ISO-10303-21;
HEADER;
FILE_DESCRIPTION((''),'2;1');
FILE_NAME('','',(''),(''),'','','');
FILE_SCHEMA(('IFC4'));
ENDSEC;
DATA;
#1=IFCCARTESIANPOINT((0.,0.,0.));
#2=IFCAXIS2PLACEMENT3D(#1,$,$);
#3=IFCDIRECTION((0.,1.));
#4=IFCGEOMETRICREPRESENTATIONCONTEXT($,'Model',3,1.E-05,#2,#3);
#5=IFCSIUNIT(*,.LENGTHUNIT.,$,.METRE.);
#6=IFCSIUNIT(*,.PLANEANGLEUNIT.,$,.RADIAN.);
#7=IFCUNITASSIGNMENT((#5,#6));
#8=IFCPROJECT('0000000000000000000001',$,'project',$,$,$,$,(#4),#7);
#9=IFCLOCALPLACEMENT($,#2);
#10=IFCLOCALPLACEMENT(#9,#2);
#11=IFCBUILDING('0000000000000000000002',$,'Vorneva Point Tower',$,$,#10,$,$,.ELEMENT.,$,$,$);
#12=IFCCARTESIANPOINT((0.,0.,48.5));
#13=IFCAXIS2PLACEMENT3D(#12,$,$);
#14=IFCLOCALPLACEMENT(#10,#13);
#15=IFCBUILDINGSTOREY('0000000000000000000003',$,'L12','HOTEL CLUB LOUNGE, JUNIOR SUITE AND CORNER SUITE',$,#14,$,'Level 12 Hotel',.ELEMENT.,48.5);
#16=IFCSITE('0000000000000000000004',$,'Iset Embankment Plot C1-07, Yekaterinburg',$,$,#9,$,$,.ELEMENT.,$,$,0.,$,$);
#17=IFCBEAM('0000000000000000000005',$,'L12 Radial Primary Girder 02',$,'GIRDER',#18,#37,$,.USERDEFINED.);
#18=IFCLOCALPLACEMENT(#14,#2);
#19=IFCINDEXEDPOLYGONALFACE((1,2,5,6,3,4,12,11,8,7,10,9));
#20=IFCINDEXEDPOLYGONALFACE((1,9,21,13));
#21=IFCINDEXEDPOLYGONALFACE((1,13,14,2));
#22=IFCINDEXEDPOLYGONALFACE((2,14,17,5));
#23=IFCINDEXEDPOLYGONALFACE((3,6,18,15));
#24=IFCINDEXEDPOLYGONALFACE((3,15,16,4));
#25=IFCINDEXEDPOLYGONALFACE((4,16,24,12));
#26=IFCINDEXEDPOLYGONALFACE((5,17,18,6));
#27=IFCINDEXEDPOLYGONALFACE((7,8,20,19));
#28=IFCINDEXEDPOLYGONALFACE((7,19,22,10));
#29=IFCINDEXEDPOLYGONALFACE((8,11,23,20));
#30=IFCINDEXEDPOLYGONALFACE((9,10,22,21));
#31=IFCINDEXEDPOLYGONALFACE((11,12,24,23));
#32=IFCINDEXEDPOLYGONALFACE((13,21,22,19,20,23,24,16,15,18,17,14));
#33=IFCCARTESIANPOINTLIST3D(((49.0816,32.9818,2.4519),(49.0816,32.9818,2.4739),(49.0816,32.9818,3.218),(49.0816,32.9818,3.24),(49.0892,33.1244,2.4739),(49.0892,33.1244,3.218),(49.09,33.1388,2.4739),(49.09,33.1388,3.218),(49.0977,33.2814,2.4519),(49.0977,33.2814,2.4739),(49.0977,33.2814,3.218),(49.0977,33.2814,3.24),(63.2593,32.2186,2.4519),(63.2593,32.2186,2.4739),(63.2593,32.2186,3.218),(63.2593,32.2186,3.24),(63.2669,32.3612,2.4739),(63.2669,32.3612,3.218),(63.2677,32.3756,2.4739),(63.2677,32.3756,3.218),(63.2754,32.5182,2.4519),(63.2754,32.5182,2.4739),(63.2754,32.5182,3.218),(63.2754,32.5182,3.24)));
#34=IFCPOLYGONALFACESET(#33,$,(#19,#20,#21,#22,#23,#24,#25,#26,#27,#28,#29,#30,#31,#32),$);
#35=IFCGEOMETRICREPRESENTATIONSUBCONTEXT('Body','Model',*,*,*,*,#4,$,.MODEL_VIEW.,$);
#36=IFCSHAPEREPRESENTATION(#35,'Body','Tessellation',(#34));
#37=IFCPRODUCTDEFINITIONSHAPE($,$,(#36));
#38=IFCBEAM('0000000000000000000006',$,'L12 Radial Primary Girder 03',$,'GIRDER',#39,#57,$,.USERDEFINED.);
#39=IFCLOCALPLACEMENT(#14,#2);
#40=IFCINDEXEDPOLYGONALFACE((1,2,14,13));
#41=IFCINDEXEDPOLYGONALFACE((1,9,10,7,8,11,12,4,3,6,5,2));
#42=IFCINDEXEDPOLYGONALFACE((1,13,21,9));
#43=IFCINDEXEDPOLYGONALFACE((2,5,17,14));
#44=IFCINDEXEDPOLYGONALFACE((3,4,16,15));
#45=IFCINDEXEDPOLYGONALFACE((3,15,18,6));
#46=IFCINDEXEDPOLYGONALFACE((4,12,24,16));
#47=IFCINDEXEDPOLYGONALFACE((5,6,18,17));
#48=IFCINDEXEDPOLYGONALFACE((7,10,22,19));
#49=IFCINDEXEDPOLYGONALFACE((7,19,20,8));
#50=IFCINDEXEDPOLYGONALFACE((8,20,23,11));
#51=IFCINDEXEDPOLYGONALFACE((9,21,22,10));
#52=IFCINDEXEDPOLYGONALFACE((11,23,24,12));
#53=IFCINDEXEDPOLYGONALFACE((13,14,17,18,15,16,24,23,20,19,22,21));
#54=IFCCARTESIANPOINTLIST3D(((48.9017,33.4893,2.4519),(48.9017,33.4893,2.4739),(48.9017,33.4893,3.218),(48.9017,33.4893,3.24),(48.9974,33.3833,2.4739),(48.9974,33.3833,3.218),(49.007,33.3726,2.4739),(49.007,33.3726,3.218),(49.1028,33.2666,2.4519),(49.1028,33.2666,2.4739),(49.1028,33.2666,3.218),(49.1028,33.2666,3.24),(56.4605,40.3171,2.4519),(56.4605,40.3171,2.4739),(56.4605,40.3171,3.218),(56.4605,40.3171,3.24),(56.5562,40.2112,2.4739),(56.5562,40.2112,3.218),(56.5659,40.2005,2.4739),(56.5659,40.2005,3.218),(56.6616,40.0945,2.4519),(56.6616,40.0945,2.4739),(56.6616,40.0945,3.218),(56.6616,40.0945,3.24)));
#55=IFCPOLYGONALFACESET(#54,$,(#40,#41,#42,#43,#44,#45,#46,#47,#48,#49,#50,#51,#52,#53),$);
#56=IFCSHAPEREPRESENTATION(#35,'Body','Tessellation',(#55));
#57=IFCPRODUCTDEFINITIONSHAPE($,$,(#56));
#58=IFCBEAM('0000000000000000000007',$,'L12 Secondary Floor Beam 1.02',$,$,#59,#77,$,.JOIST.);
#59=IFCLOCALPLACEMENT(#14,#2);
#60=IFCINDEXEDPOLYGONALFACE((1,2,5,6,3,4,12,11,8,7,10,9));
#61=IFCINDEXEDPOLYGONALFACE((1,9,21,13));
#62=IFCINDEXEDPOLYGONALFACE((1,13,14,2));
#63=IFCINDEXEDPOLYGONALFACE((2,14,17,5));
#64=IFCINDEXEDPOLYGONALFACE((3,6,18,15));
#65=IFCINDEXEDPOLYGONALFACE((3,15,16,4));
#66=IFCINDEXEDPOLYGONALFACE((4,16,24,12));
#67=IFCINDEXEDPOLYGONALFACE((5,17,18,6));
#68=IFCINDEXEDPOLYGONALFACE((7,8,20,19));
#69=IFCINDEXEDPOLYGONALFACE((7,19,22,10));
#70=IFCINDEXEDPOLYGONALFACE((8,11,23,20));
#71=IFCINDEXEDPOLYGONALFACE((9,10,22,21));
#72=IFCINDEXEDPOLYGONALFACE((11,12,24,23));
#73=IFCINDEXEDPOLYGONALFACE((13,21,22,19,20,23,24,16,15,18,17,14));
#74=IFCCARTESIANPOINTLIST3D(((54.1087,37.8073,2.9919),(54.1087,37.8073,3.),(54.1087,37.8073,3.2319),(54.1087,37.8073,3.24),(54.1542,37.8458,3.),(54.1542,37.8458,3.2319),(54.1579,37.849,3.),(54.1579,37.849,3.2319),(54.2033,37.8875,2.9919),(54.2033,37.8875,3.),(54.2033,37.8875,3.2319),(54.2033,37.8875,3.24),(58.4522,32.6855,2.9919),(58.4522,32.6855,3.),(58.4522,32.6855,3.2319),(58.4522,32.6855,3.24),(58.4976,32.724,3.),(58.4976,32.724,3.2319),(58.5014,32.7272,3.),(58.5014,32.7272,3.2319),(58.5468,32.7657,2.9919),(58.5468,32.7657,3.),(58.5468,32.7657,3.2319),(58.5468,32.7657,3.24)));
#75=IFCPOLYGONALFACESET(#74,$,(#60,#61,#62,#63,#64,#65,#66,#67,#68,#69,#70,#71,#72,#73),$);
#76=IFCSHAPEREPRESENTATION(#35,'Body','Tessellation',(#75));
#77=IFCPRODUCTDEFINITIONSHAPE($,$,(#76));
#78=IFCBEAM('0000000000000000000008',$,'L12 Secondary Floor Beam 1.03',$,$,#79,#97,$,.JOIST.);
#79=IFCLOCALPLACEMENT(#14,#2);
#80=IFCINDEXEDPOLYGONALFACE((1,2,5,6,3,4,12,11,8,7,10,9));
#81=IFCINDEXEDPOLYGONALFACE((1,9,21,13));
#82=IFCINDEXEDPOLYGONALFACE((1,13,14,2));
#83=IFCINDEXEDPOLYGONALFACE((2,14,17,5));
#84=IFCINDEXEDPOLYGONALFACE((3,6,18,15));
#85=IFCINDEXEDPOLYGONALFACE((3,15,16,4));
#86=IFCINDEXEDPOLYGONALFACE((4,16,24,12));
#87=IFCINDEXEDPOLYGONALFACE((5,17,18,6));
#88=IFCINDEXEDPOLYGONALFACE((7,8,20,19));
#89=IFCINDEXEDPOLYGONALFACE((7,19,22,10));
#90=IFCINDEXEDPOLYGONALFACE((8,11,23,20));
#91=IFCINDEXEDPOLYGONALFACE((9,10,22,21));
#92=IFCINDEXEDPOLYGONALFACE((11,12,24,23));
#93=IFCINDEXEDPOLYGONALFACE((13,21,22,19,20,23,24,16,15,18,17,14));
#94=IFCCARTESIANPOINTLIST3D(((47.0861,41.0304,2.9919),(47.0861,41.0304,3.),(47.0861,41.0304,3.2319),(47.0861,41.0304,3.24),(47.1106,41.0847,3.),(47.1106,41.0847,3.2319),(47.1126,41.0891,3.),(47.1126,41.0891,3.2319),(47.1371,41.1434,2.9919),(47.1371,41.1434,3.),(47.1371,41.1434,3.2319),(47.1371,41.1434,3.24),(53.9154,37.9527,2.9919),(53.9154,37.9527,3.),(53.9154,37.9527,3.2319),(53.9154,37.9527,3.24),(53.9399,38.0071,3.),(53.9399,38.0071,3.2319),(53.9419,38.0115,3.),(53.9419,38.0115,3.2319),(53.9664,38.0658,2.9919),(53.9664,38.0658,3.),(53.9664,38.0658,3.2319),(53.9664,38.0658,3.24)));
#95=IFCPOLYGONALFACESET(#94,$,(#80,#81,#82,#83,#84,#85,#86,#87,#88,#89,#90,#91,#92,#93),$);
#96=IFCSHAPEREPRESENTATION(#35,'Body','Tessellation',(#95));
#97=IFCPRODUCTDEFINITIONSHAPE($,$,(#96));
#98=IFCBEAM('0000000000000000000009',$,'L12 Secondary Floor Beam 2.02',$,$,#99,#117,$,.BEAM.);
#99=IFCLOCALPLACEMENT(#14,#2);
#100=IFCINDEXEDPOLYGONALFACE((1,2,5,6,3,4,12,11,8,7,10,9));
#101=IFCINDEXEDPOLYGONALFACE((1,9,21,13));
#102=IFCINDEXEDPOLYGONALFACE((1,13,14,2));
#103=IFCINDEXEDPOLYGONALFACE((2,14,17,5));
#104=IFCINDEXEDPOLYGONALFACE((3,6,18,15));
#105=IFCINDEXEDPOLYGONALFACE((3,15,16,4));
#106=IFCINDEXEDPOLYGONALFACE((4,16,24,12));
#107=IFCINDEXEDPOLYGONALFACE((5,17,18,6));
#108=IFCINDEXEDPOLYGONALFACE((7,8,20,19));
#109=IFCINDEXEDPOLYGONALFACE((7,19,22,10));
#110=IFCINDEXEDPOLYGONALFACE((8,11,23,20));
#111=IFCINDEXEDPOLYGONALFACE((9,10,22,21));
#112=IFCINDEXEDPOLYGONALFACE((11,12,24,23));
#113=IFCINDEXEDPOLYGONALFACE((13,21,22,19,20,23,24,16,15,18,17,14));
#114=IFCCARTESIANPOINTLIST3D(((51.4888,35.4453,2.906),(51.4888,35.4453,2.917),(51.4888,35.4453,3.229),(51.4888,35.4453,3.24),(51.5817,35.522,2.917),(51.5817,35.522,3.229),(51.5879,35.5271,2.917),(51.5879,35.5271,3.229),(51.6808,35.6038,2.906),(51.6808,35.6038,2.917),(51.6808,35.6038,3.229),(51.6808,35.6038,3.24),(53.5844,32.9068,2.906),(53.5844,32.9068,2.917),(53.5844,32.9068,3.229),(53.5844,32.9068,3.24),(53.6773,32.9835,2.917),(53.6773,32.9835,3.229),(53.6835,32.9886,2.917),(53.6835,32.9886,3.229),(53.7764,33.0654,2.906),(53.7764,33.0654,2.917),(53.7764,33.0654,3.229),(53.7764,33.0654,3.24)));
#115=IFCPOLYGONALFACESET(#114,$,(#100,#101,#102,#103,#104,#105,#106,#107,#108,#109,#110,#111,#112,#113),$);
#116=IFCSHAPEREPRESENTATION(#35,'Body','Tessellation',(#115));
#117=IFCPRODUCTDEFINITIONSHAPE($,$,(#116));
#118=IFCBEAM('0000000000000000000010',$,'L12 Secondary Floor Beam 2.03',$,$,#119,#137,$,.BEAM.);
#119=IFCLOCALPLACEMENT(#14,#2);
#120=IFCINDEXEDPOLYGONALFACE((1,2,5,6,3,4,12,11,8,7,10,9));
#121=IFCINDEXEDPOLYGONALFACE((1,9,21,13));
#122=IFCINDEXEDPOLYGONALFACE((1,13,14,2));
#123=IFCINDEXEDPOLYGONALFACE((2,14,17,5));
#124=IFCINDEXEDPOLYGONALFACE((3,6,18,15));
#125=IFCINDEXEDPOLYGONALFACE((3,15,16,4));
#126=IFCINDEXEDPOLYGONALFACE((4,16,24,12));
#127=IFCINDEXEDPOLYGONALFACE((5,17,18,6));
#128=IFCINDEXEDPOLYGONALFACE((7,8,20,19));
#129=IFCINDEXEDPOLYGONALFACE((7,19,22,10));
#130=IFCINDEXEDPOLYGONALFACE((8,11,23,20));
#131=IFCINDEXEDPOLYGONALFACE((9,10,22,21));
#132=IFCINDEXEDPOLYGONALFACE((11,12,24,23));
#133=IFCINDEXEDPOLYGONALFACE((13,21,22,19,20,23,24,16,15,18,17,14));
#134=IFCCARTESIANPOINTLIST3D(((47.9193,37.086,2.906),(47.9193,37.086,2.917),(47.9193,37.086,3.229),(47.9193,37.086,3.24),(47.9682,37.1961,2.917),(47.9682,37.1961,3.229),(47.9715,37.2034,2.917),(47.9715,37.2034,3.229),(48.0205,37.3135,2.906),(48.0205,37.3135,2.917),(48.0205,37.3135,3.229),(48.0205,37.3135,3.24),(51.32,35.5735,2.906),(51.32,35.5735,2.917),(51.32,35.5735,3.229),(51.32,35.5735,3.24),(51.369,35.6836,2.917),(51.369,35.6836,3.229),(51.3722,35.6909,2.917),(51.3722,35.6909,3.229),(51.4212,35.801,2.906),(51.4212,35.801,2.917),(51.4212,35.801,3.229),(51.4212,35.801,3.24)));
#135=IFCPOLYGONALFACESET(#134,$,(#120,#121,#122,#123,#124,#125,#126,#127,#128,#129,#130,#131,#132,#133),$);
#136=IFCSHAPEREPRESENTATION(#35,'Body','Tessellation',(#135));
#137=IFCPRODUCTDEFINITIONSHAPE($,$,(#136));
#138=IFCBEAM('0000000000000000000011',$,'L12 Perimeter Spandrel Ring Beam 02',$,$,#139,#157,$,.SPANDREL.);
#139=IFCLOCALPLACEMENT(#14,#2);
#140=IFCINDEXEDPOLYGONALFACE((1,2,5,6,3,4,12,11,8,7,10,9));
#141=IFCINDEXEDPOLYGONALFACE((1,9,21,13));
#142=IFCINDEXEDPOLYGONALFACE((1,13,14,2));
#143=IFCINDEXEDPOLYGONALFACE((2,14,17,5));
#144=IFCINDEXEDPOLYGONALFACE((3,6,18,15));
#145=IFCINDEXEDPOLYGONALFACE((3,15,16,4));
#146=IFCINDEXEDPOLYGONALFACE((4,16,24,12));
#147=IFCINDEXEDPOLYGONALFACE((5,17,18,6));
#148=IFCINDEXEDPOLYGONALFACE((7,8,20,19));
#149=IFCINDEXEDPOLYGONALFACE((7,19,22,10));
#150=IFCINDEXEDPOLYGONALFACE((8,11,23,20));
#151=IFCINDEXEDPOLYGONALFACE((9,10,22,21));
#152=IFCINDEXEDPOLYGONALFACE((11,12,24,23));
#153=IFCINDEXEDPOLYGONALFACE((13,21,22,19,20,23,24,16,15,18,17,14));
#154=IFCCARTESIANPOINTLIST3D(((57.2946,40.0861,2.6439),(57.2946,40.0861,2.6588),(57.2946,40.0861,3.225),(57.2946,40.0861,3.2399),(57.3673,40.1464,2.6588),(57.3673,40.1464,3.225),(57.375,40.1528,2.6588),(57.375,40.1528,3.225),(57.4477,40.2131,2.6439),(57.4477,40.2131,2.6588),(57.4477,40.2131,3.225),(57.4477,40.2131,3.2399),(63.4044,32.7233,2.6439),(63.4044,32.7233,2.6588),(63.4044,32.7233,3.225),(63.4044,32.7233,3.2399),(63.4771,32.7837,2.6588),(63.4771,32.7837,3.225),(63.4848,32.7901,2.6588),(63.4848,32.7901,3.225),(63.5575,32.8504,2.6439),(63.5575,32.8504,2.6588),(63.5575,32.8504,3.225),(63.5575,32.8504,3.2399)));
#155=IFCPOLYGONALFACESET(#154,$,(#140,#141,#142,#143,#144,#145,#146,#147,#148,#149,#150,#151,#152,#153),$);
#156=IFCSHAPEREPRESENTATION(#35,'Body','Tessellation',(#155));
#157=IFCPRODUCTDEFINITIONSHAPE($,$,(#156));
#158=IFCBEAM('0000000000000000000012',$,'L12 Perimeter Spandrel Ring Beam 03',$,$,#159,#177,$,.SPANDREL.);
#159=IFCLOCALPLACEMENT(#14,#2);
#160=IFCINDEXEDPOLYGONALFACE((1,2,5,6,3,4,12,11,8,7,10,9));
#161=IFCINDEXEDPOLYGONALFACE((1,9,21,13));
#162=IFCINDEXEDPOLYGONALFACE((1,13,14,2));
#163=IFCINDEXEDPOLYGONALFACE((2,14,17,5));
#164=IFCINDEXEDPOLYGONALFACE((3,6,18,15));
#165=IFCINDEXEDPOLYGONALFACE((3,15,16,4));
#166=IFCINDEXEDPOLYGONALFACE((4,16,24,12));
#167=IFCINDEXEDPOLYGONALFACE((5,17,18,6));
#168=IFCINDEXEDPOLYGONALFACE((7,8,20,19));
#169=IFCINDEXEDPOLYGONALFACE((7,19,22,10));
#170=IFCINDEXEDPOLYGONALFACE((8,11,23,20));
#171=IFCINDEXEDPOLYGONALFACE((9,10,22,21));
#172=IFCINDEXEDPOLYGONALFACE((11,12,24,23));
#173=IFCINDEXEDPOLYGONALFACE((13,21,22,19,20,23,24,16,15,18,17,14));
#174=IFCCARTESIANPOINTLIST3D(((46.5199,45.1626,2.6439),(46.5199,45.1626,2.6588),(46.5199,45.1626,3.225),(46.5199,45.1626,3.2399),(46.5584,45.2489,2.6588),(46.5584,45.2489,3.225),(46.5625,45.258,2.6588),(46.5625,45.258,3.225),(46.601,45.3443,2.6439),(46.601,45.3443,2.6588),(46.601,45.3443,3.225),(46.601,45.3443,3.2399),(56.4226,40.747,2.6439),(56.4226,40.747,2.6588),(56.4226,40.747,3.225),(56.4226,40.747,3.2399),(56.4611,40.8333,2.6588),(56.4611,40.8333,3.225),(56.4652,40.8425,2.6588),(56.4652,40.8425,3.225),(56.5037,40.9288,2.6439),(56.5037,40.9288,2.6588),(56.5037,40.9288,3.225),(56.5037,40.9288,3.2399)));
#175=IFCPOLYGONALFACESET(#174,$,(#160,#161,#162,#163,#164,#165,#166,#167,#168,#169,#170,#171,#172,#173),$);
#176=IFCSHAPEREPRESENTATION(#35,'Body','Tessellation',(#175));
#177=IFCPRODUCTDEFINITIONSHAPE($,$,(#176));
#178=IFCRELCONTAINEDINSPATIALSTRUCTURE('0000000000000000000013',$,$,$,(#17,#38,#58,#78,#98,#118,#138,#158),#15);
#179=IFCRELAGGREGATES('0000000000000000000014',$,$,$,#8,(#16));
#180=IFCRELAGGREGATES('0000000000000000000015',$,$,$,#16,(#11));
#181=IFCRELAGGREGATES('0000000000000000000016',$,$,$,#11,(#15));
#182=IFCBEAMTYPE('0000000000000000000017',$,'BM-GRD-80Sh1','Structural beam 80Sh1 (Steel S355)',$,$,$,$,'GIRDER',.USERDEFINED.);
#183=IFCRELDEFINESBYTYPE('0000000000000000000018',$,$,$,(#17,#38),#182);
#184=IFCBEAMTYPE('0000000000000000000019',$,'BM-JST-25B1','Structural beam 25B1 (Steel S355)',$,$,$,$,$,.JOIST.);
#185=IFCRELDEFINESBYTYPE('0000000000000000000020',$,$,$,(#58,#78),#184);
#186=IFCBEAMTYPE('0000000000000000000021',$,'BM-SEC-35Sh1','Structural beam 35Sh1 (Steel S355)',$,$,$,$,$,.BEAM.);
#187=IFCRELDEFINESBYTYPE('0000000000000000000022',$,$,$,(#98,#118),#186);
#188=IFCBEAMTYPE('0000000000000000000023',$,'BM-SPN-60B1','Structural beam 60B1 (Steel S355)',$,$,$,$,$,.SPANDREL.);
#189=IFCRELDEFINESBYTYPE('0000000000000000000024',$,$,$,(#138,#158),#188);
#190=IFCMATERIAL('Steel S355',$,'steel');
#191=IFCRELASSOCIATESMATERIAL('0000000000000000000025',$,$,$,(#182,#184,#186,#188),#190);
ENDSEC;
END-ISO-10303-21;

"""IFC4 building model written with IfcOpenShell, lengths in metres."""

from ifc_helpers import new_model, si_unit, direction, frame, origin, origin_2d, place, context, subcontext, project, spatial, i_section, extrude, material, material_profile, profile_set, type_object, element, save


model = new_model("IFC4")

# Units and contexts
model_context = context("Model", 3, precision=1e-05, world=origin(), true_north=direction((0.0, 1.0)))
body_context = subcontext(model_context, "Body", "Model", "MODEL_VIEW")
ifc_project = project(units=[si_unit("LENGTHUNIT", "METRE"), si_unit("PLANEANGLEUNIT", "RADIAN")], contexts=[model_context])

# Site, building, storey
site_placement = place(None, origin())
site = spatial("IfcSite", under=ifc_project, at=site_placement, Name="Iset Embankment Plot C1-07, Yekaterinburg", CompositionType="ELEMENT", RefElevation=0.0)
building_placement = place(site_placement, origin())
building = spatial("IfcBuilding", under=site, at=building_placement, Name="Vorneva Point Tower", CompositionType="ELEMENT")
storey_placement = place(building_placement, frame((0.0, 0.0, 48.5)))
storey = spatial("IfcBuildingStorey", under=building, at=storey_placement, Name="L12", Description="HOTEL CLUB LOUNGE, JUNIOR SUITE AND CORNER SUITE", LongName="Level 12 Hotel", CompositionType="ELEMENT", Elevation=48.5)

# Beams
ifc_material_1 = material(Name="Steel S355", Category="steel")
ifc_material_profile_1 = material_profile(ifc_material_1, i_section(OverallWidth=0.3, OverallDepth=0.7881, WebThickness=0.0144, FlangeThickness=0.022, at=origin_2d()), Name="80Sh1")
ifc_profile_set_1 = profile_set([ifc_material_profile_1], Name="Steel S355")
beam_type_1 = type_object("IfcBeamType", Name="BM-GRD-80Sh1", Description="Structural beam 80Sh1 (Steel S355)", ElementType="GIRDER", PredefinedType="USERDEFINED", material=ifc_profile_set_1)
beam_1_placement = place(storey_placement, frame((63.2673, 32.3684, 2.8459), z_axis=(-0.998554, 0.053752, 0.0), x_axis=(-0.053752, -0.998554, 0.0)))
element("IfcBeam", 1, at=beam_1_placement, inside=storey, type_object=beam_type_1, Name="L12 Radial Primary Girder 02", ObjectType="GIRDER", PredefinedType="USERDEFINED", context=body_context, shape_type="SweptSolid", body=[
    extrude(i_section(OverallWidth=0.3, OverallDepth=0.7881, WebThickness=0.0144, FlangeThickness=0.022, at=origin_2d()), origin(), (0.0, 0.0, 1.0), 14.1982),
])
beam_2_placement = place(storey_placement, frame((56.561, 40.2058, 2.8459), z_axis=(-0.742076, -0.670316, 0.0), x_axis=(0.670316, -0.742076, 0.0)))
element("IfcBeam", 2, at=beam_2_placement, inside=storey, type_object=beam_type_1, Name="L12 Radial Primary Girder 03", ObjectType="GIRDER", PredefinedType="USERDEFINED", context=body_context, shape_type="SweptSolid", body=[
    extrude(i_section(OverallWidth=0.3, OverallDepth=0.7881, WebThickness=0.0144, FlangeThickness=0.022, at=origin_2d()), origin(), (0.0, 0.0, 1.0), 10.186),
])
ifc_material_profile_2 = material_profile(ifc_material_1, i_section(OverallWidth=0.124, OverallDepth=0.248, WebThickness=0.0049, FlangeThickness=0.0081, at=origin_2d()), Name="25B1")
ifc_profile_set_2 = profile_set([ifc_material_profile_2], Name="Steel S355")
beam_type_2 = type_object("IfcBeamType", Name="BM-JST-25B1", Description="Structural beam 25B1 (Steel S355)", PredefinedType="JOIST", material=ifc_profile_set_2)
beam_3_placement = place(storey_placement, frame((58.4995, 32.7256, 3.116), z_axis=(-0.64678, 0.762677, 0.0), x_axis=(-0.762677, -0.64678, 0.0)))
element("IfcBeam", 3, at=beam_3_placement, inside=storey, type_object=beam_type_2, Name="L12 Secondary Floor Beam 1.02", PredefinedType="JOIST", context=body_context, shape_type="SweptSolid", body=[
    extrude(i_section(OverallWidth=0.124, OverallDepth=0.248, WebThickness=0.0049, FlangeThickness=0.0081, at=origin_2d()), origin(), (0.0, 0.0, 1.0), 6.7156),
])
beam_4_placement = place(storey_placement, frame((53.9409, 38.0093, 3.116), z_axis=(-0.9117, 0.410857, 0.0), x_axis=(-0.410857, -0.9117, 0.0)))
element("IfcBeam", 4, at=beam_4_placement, inside=storey, type_object=beam_type_2, Name="L12 Secondary Floor Beam 1.03", PredefinedType="JOIST", context=body_context, shape_type="SweptSolid", body=[
    extrude(i_section(OverallWidth=0.124, OverallDepth=0.248, WebThickness=0.0049, FlangeThickness=0.0081, at=origin_2d()), origin(), (0.0, 0.0, 1.0), 7.4907),
])
ifc_material_profile_3 = material_profile(ifc_material_1, i_section(OverallWidth=0.249, OverallDepth=0.334, WebThickness=0.0081, FlangeThickness=0.011, at=origin_2d()), Name="35Sh1")
ifc_profile_set_3 = profile_set([ifc_material_profile_3], Name="Steel S355")
beam_type_3 = type_object("IfcBeamType", Name="BM-SEC-35Sh1", Description="Structural beam 35Sh1 (Steel S355)", PredefinedType="BEAM", material=ifc_profile_set_3)
beam_5_placement = place(storey_placement, frame((53.6804, 32.9861, 3.073), z_axis=(-0.636632, 0.771168, 0.0), x_axis=(-0.771168, -0.636632, 0.0)))
element("IfcBeam", 5, at=beam_5_placement, inside=storey, type_object=beam_type_3, Name="L12 Secondary Floor Beam 2.02", PredefinedType="BEAM", context=body_context, shape_type="SweptSolid", body=[
    extrude(i_section(OverallWidth=0.249, OverallDepth=0.334, WebThickness=0.0081, FlangeThickness=0.011, at=origin_2d()), origin(), (0.0, 0.0, 1.0), 3.2917),
])
beam_6_placement = place(storey_placement, frame((51.3706, 35.6873, 3.073), z_axis=(-0.913706, 0.406376, 0.0), x_axis=(-0.406376, -0.913706, 0.0)))
element("IfcBeam", 6, at=beam_6_placement, inside=storey, type_object=beam_type_3, Name="L12 Secondary Floor Beam 2.03", PredefinedType="BEAM", context=body_context, shape_type="SweptSolid", body=[
    extrude(i_section(OverallWidth=0.249, OverallDepth=0.334, WebThickness=0.0081, FlangeThickness=0.011, at=origin_2d()), origin(), (0.0, 0.0, 1.0), 3.7219),
])
ifc_material_profile_4 = material_profile(ifc_material_1, i_section(OverallWidth=0.199, OverallDepth=0.5959, WebThickness=0.01, FlangeThickness=0.0149, at=origin_2d()), Name="60B1")
ifc_profile_set_4 = profile_set([ifc_material_profile_4], Name="Steel S355")
beam_type_4 = type_object("IfcBeamType", Name="BM-SPN-60B1", Description="Structural beam 60B1 (Steel S355)", PredefinedType="SPANDREL", material=ifc_profile_set_4)
beam_7_placement = place(storey_placement, frame((63.481, 32.7869, 2.9419), z_axis=(-0.638592, 0.769546, 0.0), x_axis=(-0.769546, -0.638592, 0.0)))
element("IfcBeam", 7, at=beam_7_placement, inside=storey, type_object=beam_type_4, Name="L12 Perimeter Spandrel Ring Beam 02", PredefinedType="SPANDREL", context=body_context, shape_type="SweptSolid", body=[
    extrude(i_section(OverallWidth=0.199, OverallDepth=0.5959, WebThickness=0.01, FlangeThickness=0.0149, at=origin_2d()), origin(), (0.0, 0.0, 1.0), 9.5676),
])
beam_8_placement = place(storey_placement, frame((56.4631, 40.8379, 2.9419), z_axis=(-0.913319, 0.407245, 0.0), x_axis=(-0.407245, -0.913319, 0.0)))
element("IfcBeam", 8, at=beam_8_placement, inside=storey, type_object=beam_type_4, Name="L12 Perimeter Spandrel Ring Beam 03", PredefinedType="SPANDREL", context=body_context, shape_type="SweptSolid", body=[
    extrude(i_section(OverallWidth=0.199, OverallDepth=0.5959, WebThickness=0.01, FlangeThickness=0.0149, at=origin_2d()), origin(), (0.0, 0.0, 1.0), 10.8425),
])

save(model, "model.ifc")
